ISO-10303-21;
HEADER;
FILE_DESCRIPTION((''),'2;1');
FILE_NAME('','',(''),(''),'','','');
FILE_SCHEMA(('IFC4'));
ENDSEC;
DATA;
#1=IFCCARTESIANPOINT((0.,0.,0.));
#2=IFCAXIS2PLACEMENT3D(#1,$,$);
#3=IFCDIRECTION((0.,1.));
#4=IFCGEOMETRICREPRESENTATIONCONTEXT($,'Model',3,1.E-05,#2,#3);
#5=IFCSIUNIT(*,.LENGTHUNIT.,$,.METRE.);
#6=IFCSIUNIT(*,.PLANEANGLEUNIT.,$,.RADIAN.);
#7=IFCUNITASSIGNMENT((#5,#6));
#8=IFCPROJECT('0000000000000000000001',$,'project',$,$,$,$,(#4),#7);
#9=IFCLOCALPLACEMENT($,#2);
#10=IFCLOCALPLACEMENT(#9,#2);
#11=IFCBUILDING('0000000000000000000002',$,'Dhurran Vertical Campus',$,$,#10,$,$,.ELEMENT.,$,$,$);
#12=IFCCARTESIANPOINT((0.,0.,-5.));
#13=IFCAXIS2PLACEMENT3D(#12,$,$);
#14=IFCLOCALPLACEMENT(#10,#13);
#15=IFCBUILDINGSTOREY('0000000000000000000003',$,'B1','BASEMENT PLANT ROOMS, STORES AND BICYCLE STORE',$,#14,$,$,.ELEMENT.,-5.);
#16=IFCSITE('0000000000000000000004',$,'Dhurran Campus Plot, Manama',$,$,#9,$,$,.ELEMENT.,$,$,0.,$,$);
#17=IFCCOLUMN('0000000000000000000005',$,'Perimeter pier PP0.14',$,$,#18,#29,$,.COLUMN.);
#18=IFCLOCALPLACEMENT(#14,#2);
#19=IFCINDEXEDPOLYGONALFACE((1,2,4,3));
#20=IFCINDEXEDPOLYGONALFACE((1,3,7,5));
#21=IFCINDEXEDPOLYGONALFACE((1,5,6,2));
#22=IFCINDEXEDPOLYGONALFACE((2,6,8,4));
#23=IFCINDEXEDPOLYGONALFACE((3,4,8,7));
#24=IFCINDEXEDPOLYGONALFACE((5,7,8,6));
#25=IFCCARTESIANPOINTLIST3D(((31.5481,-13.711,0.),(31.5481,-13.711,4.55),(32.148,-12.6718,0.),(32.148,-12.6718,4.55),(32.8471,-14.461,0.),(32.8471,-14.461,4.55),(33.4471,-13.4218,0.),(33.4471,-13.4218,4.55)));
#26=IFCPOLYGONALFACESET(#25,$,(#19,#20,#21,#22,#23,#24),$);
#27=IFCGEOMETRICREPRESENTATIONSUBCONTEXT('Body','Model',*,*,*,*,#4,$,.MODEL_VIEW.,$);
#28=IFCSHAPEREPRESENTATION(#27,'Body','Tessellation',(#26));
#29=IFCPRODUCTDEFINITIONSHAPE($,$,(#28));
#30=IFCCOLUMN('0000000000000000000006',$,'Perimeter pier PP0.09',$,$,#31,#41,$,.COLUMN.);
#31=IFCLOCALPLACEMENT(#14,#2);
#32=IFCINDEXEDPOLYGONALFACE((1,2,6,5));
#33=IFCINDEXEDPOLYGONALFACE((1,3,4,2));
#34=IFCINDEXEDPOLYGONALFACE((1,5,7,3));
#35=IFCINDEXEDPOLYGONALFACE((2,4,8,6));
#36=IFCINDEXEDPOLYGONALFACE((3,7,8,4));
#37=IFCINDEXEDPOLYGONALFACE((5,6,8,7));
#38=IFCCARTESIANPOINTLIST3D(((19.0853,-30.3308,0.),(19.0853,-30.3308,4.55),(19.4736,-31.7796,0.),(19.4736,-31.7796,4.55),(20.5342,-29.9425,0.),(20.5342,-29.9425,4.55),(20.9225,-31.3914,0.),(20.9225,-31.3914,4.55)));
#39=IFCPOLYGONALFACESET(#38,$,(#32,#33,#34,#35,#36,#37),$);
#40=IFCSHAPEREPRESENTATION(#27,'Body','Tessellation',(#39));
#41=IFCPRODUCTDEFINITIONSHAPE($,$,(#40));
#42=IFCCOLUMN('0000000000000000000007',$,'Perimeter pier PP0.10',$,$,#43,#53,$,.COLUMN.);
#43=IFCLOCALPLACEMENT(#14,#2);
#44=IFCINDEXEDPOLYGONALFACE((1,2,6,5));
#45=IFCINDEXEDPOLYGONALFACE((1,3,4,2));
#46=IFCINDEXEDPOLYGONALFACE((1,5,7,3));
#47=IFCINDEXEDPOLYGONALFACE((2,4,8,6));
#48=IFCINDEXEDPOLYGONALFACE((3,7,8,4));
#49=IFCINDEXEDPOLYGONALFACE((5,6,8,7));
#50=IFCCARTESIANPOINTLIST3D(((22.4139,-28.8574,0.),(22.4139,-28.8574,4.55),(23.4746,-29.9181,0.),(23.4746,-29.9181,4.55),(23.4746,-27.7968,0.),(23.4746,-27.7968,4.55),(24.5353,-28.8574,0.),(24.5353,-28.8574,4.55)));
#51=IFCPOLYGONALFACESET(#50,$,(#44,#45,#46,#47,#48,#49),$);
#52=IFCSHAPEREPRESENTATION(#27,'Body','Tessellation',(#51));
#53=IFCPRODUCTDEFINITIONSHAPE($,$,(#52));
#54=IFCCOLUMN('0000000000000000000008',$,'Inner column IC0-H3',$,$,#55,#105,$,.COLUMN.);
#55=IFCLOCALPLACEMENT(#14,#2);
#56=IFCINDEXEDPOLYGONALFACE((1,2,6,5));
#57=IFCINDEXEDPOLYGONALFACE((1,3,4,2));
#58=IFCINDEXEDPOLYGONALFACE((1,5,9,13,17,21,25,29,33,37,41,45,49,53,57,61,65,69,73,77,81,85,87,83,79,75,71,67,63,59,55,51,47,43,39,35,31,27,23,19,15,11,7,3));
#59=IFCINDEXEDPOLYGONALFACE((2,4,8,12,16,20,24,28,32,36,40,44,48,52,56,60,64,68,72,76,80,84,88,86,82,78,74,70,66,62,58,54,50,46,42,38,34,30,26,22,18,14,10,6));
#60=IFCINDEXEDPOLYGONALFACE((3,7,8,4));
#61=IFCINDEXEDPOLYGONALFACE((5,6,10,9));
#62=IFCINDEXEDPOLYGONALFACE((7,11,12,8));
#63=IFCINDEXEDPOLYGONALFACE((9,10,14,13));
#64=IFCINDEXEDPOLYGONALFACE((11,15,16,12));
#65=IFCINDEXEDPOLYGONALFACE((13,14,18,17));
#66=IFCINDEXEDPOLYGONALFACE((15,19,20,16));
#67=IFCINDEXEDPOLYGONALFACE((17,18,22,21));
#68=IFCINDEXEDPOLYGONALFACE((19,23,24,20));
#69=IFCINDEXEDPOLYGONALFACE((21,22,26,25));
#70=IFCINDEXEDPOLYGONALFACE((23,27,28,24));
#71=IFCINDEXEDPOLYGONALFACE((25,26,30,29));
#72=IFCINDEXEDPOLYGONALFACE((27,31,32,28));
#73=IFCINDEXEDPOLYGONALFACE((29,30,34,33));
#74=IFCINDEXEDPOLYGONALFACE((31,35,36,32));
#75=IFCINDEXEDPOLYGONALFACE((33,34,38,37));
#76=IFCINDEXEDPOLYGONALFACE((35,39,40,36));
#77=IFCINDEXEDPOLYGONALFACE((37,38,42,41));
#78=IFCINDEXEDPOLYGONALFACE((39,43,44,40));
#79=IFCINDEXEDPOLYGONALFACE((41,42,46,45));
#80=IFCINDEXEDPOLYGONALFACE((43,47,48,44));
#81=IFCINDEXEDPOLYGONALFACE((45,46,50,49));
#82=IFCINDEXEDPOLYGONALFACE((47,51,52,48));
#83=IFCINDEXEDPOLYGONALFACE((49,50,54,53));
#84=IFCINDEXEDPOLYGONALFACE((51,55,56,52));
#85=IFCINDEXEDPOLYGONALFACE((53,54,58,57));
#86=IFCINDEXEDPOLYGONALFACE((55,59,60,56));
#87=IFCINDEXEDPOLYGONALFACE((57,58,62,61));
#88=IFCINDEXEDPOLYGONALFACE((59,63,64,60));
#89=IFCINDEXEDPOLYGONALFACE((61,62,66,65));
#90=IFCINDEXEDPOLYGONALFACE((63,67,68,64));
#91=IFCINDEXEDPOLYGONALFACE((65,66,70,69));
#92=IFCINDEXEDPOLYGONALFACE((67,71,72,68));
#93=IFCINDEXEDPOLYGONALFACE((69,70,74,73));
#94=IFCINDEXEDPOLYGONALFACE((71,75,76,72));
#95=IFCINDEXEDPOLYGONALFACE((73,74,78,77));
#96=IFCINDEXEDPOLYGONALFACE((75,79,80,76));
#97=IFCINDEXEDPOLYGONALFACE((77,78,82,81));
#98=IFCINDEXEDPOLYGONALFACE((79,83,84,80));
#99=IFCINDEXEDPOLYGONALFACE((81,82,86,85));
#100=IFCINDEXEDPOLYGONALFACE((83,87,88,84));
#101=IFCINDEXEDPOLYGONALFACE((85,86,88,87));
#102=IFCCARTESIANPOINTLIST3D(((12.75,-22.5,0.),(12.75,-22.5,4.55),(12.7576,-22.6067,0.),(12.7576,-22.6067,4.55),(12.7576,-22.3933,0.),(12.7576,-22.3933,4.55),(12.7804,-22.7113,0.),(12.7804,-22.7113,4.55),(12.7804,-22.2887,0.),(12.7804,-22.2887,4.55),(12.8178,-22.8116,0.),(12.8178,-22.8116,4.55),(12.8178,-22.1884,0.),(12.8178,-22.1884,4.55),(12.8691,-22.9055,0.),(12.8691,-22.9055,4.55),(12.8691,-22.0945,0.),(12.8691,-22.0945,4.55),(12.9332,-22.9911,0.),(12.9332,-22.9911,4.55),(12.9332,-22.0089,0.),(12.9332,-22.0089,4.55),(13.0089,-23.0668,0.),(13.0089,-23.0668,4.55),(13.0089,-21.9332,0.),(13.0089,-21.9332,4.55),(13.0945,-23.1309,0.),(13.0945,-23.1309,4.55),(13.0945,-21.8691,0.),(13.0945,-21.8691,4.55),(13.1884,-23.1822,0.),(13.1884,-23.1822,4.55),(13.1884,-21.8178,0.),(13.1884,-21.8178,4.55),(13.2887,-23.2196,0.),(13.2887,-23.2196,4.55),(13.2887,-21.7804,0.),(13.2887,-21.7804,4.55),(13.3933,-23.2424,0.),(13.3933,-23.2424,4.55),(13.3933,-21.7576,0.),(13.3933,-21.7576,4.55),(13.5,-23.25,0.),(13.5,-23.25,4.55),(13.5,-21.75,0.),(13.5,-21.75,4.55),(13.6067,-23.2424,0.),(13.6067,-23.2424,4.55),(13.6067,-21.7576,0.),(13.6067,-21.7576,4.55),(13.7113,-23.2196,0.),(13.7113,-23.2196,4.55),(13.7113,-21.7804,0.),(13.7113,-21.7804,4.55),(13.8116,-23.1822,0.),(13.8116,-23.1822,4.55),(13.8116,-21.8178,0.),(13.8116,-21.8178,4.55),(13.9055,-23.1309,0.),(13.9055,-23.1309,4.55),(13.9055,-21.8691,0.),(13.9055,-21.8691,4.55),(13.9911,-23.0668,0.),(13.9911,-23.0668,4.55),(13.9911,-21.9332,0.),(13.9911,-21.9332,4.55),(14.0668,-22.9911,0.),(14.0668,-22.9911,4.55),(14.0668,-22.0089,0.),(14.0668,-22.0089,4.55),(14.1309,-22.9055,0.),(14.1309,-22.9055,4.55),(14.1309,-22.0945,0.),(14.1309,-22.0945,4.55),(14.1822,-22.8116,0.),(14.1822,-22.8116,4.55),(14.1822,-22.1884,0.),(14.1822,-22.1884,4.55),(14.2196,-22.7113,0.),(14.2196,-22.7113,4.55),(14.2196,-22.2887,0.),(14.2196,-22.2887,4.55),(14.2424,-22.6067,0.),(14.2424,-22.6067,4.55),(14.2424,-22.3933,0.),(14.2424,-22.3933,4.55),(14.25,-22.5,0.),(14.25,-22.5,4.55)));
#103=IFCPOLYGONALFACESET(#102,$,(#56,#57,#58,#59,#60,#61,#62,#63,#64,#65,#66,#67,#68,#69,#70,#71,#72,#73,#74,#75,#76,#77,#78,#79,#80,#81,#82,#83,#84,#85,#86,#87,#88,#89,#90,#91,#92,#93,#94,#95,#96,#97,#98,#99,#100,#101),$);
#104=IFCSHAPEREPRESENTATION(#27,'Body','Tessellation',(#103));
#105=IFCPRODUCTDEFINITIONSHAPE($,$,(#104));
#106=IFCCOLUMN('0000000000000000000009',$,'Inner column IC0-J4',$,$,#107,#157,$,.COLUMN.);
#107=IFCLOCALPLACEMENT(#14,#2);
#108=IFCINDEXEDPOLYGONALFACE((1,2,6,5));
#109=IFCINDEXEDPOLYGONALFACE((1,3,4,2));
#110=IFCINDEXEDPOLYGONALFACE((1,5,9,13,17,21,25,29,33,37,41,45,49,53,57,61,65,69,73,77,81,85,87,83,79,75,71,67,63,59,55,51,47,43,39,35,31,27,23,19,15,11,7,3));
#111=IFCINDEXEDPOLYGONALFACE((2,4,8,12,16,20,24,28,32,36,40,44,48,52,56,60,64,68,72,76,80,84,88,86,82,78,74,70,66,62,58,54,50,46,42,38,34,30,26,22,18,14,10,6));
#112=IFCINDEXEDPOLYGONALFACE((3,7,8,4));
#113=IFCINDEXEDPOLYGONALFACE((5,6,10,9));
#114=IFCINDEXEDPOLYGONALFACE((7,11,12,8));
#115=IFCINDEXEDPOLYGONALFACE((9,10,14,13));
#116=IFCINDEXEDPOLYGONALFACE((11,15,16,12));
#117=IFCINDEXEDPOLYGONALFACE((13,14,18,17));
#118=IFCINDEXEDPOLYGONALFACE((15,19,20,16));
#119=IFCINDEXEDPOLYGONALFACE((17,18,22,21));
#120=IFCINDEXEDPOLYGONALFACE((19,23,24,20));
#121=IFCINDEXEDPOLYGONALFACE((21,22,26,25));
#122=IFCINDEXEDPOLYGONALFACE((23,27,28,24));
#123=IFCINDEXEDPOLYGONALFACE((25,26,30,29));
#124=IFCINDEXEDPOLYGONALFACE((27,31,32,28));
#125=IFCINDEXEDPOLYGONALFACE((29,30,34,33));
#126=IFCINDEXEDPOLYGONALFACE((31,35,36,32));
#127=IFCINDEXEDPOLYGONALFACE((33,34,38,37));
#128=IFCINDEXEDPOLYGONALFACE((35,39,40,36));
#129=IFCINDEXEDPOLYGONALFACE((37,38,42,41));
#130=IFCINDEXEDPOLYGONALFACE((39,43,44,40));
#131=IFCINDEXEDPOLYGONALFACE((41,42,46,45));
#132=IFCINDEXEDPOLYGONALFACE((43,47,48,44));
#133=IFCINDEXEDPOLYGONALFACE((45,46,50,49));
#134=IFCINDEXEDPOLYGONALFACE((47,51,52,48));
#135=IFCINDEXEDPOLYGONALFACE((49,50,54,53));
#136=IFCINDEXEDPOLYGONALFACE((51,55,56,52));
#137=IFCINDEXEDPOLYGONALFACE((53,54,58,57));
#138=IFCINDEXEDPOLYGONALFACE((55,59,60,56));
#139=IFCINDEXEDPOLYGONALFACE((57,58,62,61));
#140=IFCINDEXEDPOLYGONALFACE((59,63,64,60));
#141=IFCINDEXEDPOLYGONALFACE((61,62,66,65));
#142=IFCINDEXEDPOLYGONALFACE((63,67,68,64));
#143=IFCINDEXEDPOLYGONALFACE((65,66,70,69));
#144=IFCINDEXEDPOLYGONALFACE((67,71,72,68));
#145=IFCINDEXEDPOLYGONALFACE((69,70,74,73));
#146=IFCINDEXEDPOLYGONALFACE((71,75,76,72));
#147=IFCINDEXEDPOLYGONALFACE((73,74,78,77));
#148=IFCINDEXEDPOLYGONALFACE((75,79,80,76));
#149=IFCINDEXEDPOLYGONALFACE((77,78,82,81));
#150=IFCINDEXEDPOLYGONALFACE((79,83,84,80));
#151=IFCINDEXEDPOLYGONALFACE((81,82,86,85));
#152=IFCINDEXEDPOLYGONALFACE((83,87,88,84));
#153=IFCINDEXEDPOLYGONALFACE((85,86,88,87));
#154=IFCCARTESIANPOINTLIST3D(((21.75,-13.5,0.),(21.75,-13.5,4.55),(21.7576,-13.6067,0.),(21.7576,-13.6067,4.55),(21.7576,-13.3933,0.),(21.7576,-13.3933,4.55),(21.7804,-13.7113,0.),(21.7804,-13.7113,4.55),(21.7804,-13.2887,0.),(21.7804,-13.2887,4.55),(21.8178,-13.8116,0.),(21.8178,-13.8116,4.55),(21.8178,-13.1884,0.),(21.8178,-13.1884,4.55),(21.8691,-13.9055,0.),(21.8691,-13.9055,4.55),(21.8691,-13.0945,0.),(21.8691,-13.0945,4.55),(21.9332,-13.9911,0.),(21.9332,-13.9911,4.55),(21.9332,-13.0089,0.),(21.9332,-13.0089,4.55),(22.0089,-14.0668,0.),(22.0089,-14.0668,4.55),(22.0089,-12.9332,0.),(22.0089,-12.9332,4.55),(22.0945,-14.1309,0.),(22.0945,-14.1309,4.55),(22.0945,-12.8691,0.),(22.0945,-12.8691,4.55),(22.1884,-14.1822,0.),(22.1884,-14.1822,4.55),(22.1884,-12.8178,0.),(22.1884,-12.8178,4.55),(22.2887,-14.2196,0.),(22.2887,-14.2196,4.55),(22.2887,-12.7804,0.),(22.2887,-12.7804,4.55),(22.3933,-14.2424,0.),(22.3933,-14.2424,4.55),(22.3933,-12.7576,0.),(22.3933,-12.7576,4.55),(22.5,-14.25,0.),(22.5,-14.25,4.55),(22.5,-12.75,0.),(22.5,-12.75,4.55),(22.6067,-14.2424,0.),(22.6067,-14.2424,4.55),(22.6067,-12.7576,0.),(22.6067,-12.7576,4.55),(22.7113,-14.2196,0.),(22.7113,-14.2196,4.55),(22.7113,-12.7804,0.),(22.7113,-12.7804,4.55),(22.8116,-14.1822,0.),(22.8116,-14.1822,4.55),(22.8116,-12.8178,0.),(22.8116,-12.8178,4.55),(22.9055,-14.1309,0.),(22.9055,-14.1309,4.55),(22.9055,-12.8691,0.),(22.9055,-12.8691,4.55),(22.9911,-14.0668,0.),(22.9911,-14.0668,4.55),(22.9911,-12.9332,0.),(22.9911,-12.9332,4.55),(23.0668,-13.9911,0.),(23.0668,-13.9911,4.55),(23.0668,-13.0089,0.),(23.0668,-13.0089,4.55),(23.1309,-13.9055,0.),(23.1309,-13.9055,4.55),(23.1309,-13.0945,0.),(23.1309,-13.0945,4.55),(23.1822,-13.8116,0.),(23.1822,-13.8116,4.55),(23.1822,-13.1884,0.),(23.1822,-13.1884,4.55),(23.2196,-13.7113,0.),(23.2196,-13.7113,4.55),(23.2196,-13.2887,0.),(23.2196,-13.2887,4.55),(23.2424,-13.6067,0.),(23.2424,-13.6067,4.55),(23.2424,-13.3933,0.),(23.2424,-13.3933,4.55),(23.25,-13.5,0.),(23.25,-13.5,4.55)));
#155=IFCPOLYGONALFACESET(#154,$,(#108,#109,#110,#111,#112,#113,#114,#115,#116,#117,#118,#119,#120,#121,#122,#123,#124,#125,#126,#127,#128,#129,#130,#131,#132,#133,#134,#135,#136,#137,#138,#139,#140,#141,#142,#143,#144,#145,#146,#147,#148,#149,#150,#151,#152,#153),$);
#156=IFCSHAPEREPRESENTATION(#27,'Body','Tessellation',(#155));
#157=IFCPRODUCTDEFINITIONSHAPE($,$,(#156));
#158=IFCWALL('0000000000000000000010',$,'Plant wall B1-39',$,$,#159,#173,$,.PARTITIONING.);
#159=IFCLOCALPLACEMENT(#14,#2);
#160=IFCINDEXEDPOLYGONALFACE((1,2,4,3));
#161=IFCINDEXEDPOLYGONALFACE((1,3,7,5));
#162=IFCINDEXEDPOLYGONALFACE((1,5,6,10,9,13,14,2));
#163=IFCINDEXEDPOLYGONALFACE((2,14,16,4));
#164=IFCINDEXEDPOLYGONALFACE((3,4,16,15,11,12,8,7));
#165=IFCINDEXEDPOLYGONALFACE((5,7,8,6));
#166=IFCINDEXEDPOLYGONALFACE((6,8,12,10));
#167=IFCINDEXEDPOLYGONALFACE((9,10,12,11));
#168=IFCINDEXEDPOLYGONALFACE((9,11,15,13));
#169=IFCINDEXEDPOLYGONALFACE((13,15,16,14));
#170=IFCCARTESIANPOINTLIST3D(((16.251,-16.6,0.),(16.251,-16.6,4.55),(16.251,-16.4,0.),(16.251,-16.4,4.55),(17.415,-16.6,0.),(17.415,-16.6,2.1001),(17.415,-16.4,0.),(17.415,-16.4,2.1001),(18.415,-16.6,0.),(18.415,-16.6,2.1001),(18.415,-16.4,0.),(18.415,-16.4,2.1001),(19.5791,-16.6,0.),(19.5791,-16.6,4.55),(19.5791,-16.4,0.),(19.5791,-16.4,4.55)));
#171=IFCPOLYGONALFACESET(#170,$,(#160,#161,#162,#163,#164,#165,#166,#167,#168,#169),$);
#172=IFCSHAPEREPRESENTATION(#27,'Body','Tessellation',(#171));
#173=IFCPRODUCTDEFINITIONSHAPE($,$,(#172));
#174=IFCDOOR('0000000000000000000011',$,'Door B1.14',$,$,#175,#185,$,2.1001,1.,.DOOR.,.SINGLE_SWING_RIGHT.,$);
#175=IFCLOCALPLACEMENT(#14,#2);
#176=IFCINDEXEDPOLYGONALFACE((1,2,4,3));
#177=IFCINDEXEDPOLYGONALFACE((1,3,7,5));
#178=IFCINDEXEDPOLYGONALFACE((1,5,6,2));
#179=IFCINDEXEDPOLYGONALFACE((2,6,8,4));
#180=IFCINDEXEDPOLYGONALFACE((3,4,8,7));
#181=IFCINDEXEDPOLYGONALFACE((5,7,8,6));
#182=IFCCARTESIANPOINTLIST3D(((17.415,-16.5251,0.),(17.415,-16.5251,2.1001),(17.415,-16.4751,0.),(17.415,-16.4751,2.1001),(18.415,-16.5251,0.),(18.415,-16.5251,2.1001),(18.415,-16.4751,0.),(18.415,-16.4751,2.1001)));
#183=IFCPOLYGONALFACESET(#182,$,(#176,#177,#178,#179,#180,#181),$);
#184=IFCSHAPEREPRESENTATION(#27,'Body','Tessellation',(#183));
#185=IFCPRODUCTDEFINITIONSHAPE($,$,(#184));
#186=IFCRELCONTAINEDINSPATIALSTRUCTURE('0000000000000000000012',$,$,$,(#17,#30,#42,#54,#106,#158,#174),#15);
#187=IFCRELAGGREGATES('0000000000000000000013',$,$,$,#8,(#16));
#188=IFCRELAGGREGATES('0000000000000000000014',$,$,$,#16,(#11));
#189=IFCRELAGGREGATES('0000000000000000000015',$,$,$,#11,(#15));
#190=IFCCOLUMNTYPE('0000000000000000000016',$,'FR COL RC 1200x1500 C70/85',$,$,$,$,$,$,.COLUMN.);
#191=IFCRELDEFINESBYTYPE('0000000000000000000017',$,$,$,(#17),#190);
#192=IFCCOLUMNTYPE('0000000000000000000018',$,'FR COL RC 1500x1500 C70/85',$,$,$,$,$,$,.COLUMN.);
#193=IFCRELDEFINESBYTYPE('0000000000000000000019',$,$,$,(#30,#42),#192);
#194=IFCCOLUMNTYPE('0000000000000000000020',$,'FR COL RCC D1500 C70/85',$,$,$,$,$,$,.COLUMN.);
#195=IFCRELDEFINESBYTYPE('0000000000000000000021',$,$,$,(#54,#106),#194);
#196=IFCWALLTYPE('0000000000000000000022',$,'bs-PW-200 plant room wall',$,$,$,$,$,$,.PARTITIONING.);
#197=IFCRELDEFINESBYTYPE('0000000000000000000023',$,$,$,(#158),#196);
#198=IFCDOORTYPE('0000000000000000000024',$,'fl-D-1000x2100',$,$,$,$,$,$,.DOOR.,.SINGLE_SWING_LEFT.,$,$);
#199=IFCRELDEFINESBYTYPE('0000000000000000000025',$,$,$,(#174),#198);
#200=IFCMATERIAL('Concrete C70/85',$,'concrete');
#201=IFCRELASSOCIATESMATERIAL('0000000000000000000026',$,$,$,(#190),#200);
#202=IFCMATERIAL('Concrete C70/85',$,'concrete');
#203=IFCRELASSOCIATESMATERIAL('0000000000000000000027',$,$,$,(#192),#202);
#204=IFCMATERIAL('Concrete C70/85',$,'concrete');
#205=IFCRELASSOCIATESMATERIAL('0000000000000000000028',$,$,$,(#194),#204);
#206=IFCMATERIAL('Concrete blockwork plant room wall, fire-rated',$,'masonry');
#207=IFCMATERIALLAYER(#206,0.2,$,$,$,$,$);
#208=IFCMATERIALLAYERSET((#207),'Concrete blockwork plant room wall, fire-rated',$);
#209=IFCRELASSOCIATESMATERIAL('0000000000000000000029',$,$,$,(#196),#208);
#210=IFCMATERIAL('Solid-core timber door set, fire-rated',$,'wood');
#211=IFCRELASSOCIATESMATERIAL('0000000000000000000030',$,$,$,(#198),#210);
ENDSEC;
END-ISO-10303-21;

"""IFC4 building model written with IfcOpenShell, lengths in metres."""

from ifc_helpers import new_model, si_unit, direction, frame, frame_2d, origin, origin_2d, place, context, subcontext, project, spatial, rectangle, circle, extrude, material, layer, layer_set, material_profile, profile_set, type_object, element, fill, save


model = new_model("IFC4")

# Units and contexts
model_context = context("Model", 3, precision=1e-05, world=origin(), true_north=direction((0.0, 1.0)))
body_context = subcontext(model_context, "Body", "Model", "MODEL_VIEW")
ifc_project = project(units=[si_unit("LENGTHUNIT", "METRE"), si_unit("PLANEANGLEUNIT", "RADIAN")], contexts=[model_context])

# Site, building, storey
site_placement = place(None, origin())
site = spatial("IfcSite", under=ifc_project, at=site_placement, Name="Dhurran Campus Plot, Manama", CompositionType="ELEMENT", RefElevation=0.0)
building_placement = place(site_placement, origin())
building = spatial("IfcBuilding", under=site, at=building_placement, Name="Dhurran Vertical Campus", CompositionType="ELEMENT")
storey_placement = place(building_placement, frame((0.0, 0.0, -5.0)))
storey = spatial("IfcBuildingStorey", under=building, at=storey_placement, Name="B1", Description="BASEMENT PLANT ROOMS, STORES AND BICYCLE STORE", CompositionType="ELEMENT", Elevation=-5.0)

# Columns
ifc_material_1 = material(Name="Concrete C70/85", Category="concrete")
ifc_material_profile_1 = material_profile(ifc_material_1, rectangle(XDim=1.2, YDim=1.5, at=origin_2d()), Name="RC 1200x1500")
ifc_profile_set_1 = profile_set([ifc_material_profile_1], Name="Concrete C70/85")
column_type_1 = type_object("IfcColumnType", Name="FR COL RC 1200x1500 C70/85", PredefinedType="COLUMN", material=ifc_profile_set_1)
for number, where, z_axis, x_axis, name in (
    (1, (32.4976, -13.5664, 0.0), (0.0, 0.0, 1.0), (0.5, 0.866025, 0.0), "Perimeter pier PP0.14"),
):
    element("IfcColumn", number, at=place(storey_placement, frame(where, z_axis=z_axis, x_axis=x_axis)), inside=storey, type_object=column_type_1, Name=name, PredefinedType="COLUMN", context=body_context, shape_type="SweptSolid", body=[
        extrude(rectangle(XDim=1.2, YDim=1.5, at=origin_2d()), origin(), (0.0, 0.0, 1.0), 4.55),
    ])
ifc_material_2 = material(Name="Concrete C70/85", Category="concrete")
ifc_material_profile_2 = material_profile(ifc_material_2, rectangle(XDim=1.5, YDim=1.5, at=origin_2d()), Name="RC 1500x1500")
ifc_profile_set_2 = profile_set([ifc_material_profile_2], Name="Concrete C70/85")
column_type_2 = type_object("IfcColumnType", Name="FR COL RC 1500x1500 C70/85", PredefinedType="COLUMN", material=ifc_profile_set_2)
for number, where, z_axis, x_axis, name in (
    (2, (20.0039, -30.8611, 0.0), (0.0, 0.0, 1.0), (0.965926, 0.258819, 0.0), "Perimeter pier PP0.09"),
    (3, (23.4746, -28.8574, 0.0), (0.0, 0.0, 1.0), (0.707107, 0.707107, 0.0), "Perimeter pier PP0.10"),
):
    element("IfcColumn", number, at=place(storey_placement, frame(where, z_axis=z_axis, x_axis=x_axis)), inside=storey, type_object=column_type_2, Name=name, PredefinedType="COLUMN", context=body_context, shape_type="SweptSolid", body=[
        extrude(rectangle(XDim=1.5, YDim=1.5, at=origin_2d()), origin(), (0.0, 0.0, 1.0), 4.55),
    ])
ifc_material_3 = material(Name="Concrete C70/85", Category="concrete")
ifc_material_profile_3 = material_profile(ifc_material_3, circle(Radius=0.75, at=origin_2d()), Name="RCC D1500")
ifc_profile_set_3 = profile_set([ifc_material_profile_3], Name="Concrete C70/85")
column_type_3 = type_object("IfcColumnType", Name="FR COL RCC D1500 C70/85", PredefinedType="COLUMN", material=ifc_profile_set_3)
for number, where, z_axis, x_axis, name in (
    (4, (13.5, -22.5, 0.0), (0.0, 0.0, 1.0), (1.0, 0.0, 0.0), "Inner column IC0-H3"),
    (5, (22.5, -13.5, 0.0), (0.0, 0.0, 1.0), (1.0, 0.0, 0.0), "Inner column IC0-J4"),
):
    element("IfcColumn", number, at=place(storey_placement, frame(where, z_axis=z_axis, x_axis=x_axis)), inside=storey, type_object=column_type_3, Name=name, PredefinedType="COLUMN", context=body_context, shape_type="SweptSolid", body=[
        extrude(circle(Radius=0.75, at=origin_2d()), origin(), (0.0, 0.0, 1.0), 4.55),
    ])

# Wall, opening, door
ifc_material_4 = material(Name="Concrete blockwork plant room wall, fire-rated", Category="masonry")
ifc_layer_1 = layer(ifc_material_4, 0.2)
ifc_layer_set_1 = layer_set([ifc_layer_1], Name="Concrete blockwork plant room wall, fire-rated")
wall_type_1 = type_object("IfcWallType", Name="bs-PW-200 plant room wall", PredefinedType="PARTITIONING", material=ifc_layer_set_1)
wall_1_placement = place(storey_placement, frame((16.251, -16.5, 0.0), z_axis=(0.0, 0.0, 1.0), x_axis=(1.0, 0.0, 0.0)))
wall_1 = element("IfcWall", 6, at=wall_1_placement, inside=storey, type_object=wall_type_1, Name="Plant wall B1-39", PredefinedType="PARTITIONING", context=body_context, shape_type="SweptSolid", body=[
    extrude(rectangle(XDim=3.3281, YDim=0.2, at=frame_2d((1.6641, 0.0))), origin(), (0.0, 0.0, 1.0), 4.55),
])
opening_1_placement = place(wall_1_placement, frame((1.1641, 0.0, 0.0)))
opening_1 = element("IfcOpeningElement", 7, at=opening_1_placement, cuts=wall_1, PredefinedType="OPENING", context=body_context, shape_type="SweptSolid", body=[
    extrude(rectangle(XDim=1.0, YDim=2.1001, at=frame_2d((0.5, 1.05))), frame((0.0, 0.1099, 0.0), z_axis=(0.0, -1.0, 0.0), x_axis=(1.0, 0.0, 0.0)), (0.0, 0.0, 1.0), 0.22),
])
ifc_material_5 = material(Name="Solid-core timber door set, fire-rated", Category="wood")
door_type = type_object("IfcDoorType", Name="fl-D-1000x2100", OperationType="SINGLE_SWING_LEFT", PredefinedType="DOOR", material=ifc_material_5)
door_1_placement = place(opening_1_placement, origin())
door_1 = element("IfcDoor", 8, at=door_1_placement, inside=storey, type_object=door_type, Name="Door B1.14", OperationType="SINGLE_SWING_RIGHT", OverallHeight=2.1001, OverallWidth=1.0, PredefinedType="DOOR", context=body_context, shape_type="SweptSolid", body=[
    extrude(rectangle(XDim=1.0, YDim=2.1001, at=frame_2d((0.5, 1.05))), frame((0.0, 0.0249, 0.0), z_axis=(0.0, -1.0, 0.0), x_axis=(1.0, 0.0, 0.0)), (0.0, 0.0, 1.0), 0.05),
])
fill(opening_1, door_1)

save(model, "model.ifc")
